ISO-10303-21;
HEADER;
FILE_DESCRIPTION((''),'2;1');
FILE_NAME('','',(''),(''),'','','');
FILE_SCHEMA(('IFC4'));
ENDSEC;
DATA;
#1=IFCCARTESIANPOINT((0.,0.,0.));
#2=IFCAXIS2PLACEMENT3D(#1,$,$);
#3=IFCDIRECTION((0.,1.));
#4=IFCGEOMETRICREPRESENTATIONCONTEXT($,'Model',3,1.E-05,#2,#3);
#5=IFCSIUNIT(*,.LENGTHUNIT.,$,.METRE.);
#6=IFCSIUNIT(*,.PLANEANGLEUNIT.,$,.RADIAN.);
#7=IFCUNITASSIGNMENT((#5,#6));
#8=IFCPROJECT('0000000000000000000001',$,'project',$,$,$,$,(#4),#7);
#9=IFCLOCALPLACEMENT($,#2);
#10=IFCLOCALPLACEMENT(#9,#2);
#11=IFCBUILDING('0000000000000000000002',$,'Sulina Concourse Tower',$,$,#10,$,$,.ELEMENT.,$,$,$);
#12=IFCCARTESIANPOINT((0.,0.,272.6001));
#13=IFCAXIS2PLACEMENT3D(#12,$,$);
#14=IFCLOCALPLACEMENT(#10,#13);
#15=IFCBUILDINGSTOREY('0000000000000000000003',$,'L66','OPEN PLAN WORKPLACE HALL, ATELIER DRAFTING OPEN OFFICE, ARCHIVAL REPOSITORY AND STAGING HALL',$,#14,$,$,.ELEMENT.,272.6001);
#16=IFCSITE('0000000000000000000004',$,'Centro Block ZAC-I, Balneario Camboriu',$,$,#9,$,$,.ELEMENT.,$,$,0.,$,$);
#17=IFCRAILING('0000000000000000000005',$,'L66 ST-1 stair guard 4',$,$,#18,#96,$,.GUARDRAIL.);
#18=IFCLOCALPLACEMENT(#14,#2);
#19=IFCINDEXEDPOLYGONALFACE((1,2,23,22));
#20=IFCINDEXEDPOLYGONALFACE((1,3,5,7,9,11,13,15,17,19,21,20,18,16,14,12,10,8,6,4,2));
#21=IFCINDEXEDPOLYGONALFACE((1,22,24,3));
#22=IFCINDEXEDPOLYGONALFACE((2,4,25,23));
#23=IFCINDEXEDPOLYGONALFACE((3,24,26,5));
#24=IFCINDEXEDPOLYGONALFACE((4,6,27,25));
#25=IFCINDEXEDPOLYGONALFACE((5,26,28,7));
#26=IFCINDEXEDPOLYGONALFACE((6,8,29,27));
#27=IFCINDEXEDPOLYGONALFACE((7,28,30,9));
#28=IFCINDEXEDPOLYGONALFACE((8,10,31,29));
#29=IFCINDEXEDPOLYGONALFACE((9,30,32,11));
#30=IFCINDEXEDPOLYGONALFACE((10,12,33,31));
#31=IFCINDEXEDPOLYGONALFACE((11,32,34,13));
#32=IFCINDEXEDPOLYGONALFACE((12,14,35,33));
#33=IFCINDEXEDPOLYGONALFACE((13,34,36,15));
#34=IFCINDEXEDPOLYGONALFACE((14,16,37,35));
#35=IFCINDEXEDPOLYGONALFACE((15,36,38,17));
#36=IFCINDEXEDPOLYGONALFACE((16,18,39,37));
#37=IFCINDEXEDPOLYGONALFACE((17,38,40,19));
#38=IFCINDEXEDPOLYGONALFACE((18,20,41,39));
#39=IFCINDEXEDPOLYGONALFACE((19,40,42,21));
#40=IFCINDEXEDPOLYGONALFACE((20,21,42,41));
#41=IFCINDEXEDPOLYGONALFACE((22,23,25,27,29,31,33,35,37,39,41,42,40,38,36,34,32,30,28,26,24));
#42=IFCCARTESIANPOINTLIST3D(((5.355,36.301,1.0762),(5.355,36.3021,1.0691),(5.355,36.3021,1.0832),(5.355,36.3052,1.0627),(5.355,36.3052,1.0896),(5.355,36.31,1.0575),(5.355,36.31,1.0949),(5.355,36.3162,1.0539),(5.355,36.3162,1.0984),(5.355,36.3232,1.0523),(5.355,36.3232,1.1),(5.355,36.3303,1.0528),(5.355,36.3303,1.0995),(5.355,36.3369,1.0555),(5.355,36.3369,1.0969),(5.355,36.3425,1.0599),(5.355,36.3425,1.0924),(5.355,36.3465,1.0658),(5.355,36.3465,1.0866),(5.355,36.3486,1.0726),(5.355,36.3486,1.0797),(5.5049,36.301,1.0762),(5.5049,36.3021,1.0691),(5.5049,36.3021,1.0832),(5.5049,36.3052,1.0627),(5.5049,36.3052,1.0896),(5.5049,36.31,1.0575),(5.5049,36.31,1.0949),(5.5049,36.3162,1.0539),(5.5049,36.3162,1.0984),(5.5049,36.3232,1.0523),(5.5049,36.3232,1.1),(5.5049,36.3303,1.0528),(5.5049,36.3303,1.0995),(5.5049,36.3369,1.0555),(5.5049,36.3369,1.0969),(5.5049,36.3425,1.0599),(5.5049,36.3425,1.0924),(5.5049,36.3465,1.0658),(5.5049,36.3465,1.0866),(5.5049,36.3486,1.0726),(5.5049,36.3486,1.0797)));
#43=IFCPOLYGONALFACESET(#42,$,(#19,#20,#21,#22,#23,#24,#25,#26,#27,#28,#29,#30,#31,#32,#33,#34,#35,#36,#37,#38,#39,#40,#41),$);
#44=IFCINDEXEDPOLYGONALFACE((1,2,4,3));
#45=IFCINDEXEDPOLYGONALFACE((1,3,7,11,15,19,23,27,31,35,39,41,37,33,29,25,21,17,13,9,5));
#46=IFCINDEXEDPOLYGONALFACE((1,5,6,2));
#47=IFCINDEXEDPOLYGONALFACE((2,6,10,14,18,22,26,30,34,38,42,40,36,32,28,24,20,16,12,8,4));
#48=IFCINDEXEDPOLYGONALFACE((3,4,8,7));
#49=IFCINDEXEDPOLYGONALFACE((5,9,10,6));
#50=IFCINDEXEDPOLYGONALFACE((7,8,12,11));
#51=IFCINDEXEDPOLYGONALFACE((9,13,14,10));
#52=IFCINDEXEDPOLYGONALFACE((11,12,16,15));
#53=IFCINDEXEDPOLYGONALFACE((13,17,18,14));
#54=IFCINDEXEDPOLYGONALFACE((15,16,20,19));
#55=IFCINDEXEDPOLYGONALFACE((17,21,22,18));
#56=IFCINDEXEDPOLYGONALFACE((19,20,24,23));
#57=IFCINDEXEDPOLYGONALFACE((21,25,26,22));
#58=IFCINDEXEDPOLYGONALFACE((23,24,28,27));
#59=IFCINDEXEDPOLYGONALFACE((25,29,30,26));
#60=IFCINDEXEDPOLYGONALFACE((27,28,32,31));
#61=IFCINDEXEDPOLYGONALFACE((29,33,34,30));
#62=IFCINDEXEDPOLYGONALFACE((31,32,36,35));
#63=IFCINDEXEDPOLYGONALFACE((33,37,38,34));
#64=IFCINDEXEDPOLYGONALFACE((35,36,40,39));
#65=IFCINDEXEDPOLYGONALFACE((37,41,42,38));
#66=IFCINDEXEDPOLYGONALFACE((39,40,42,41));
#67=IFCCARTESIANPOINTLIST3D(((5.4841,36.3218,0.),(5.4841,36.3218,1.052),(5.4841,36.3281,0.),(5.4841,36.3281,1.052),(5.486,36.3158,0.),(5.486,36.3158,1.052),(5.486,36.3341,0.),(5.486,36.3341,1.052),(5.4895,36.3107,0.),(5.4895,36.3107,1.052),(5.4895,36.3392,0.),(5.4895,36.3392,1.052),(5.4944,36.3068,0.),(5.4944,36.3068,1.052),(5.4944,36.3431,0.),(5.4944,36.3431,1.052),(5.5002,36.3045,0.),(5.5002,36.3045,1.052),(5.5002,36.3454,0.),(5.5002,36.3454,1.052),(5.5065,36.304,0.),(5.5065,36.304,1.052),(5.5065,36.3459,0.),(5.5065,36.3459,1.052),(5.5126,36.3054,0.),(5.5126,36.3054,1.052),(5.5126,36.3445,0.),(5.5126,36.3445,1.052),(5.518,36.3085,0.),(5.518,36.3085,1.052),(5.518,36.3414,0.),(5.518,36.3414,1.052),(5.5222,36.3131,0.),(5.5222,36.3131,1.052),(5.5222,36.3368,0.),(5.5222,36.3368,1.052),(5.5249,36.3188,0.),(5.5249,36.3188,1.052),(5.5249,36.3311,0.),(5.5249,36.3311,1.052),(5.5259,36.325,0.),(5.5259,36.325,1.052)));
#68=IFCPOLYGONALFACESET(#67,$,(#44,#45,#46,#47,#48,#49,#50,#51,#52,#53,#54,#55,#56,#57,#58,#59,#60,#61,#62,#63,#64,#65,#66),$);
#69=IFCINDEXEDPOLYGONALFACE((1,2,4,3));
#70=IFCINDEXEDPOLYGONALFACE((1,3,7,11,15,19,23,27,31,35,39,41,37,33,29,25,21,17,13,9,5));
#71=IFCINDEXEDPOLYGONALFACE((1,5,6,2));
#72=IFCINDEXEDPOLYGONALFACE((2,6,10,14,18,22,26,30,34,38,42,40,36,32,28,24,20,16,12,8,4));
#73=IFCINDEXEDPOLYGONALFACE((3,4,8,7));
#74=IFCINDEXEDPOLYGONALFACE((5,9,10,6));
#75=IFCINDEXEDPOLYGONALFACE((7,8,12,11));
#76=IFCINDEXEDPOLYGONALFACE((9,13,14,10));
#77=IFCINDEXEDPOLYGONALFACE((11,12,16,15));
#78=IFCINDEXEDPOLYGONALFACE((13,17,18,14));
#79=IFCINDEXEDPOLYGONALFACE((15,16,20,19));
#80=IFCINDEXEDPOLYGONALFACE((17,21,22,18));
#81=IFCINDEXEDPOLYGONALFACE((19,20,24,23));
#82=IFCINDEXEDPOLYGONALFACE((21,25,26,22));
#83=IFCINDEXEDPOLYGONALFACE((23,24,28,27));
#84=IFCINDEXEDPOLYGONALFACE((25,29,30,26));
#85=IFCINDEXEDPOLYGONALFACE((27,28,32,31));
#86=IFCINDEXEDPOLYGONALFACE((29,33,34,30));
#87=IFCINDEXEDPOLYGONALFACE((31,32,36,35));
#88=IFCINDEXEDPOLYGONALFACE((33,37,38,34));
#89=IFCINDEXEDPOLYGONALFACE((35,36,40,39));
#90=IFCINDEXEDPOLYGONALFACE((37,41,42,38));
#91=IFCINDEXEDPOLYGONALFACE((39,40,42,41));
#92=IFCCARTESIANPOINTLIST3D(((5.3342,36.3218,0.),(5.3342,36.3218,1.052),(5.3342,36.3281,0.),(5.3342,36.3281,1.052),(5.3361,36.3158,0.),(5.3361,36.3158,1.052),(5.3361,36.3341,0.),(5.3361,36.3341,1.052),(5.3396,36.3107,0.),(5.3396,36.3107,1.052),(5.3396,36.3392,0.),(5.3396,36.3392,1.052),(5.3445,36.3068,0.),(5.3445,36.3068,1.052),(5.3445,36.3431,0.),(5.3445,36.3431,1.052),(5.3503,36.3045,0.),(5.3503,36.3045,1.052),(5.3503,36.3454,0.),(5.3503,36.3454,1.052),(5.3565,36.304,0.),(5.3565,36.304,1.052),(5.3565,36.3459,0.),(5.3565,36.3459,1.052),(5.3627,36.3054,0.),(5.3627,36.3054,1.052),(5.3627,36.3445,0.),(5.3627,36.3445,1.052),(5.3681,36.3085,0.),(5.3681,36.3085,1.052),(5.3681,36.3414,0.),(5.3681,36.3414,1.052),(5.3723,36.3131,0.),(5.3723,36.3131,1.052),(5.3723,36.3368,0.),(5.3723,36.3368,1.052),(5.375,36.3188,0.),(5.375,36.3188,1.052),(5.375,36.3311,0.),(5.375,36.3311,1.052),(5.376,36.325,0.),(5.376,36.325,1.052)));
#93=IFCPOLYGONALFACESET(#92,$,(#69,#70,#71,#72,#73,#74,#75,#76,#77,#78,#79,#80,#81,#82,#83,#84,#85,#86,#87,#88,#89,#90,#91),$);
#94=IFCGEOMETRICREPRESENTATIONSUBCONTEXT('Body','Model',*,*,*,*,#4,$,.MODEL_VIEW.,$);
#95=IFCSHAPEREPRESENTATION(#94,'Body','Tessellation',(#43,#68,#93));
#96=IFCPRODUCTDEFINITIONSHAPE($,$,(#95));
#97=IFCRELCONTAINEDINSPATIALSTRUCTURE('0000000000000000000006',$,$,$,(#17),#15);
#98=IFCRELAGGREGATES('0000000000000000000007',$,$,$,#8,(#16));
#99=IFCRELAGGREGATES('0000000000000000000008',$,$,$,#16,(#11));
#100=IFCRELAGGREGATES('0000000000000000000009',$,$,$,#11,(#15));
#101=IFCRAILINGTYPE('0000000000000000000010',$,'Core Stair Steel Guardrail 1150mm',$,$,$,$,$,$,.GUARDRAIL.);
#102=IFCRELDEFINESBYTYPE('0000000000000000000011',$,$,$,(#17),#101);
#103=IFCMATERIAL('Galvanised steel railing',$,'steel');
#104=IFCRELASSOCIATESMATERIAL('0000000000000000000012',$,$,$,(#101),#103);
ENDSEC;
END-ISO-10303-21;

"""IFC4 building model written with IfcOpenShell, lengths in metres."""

from ifc_helpers import new_model, si_unit, direction, frame, origin, origin_2d, place, context, subcontext, project, spatial, circle, extrude, material, type_object, element, save


model = new_model("IFC4")

# Units and contexts
model_context = context("Model", 3, precision=1e-05, world=origin(), true_north=direction((0.0, 1.0)))
body_context = subcontext(model_context, "Body", "Model", "MODEL_VIEW")
ifc_project = project(units=[si_unit("LENGTHUNIT", "METRE"), si_unit("PLANEANGLEUNIT", "RADIAN")], contexts=[model_context])

# Site, building, storey
site_placement = place(None, origin())
site = spatial("IfcSite", under=ifc_project, at=site_placement, Name="Centro Block ZAC-I, Balneario Camboriu", CompositionType="ELEMENT", RefElevation=0.0)
building_placement = place(site_placement, origin())
building = spatial("IfcBuilding", under=site, at=building_placement, Name="Sulina Concourse Tower", CompositionType="ELEMENT")
storey_placement = place(building_placement, frame((0.0, 0.0, 272.6001)))
storey = spatial("IfcBuildingStorey", under=building, at=storey_placement, Name="L66", Description="OPEN PLAN WORKPLACE HALL, ATELIER DRAFTING OPEN OFFICE, ARCHIVAL REPOSITORY AND STAGING HALL", CompositionType="ELEMENT", Elevation=272.6001)

# Railing
ifc_material_1 = material(Name="Galvanised steel railing", Category="steel")
railing_type_1 = type_object("IfcRailingType", Name="Core Stair Steel Guardrail 1150mm", PredefinedType="GUARDRAIL", material=ifc_material_1)
railing_1_placement = place(storey_placement, frame((5.5049, 36.325, 0.0)))
element("IfcRailing", 1, at=railing_1_placement, inside=storey, type_object=railing_type_1, Name="L66 ST-1 stair guard 4", PredefinedType="GUARDRAIL", context=body_context, shape_type="SweptSolid", body=[
    extrude(circle(Radius=0.0239, at=origin_2d()), frame((0.0, 0.0, 1.0762), z_axis=(-1.0, 0.0, 0.0), x_axis=(0.0, -1.0, 0.0)), (0.0, 0.0, 1.0), 0.1499),
    extrude(circle(Radius=0.021, at=origin_2d()), origin(), (0.0, 0.0, 1.0), 1.052),
    extrude(circle(Radius=0.021, at=origin_2d()), frame((-0.1499, 0.0, 0.0)), (0.0, 0.0, 1.0), 1.052),
])

save(model, "model.ifc")
